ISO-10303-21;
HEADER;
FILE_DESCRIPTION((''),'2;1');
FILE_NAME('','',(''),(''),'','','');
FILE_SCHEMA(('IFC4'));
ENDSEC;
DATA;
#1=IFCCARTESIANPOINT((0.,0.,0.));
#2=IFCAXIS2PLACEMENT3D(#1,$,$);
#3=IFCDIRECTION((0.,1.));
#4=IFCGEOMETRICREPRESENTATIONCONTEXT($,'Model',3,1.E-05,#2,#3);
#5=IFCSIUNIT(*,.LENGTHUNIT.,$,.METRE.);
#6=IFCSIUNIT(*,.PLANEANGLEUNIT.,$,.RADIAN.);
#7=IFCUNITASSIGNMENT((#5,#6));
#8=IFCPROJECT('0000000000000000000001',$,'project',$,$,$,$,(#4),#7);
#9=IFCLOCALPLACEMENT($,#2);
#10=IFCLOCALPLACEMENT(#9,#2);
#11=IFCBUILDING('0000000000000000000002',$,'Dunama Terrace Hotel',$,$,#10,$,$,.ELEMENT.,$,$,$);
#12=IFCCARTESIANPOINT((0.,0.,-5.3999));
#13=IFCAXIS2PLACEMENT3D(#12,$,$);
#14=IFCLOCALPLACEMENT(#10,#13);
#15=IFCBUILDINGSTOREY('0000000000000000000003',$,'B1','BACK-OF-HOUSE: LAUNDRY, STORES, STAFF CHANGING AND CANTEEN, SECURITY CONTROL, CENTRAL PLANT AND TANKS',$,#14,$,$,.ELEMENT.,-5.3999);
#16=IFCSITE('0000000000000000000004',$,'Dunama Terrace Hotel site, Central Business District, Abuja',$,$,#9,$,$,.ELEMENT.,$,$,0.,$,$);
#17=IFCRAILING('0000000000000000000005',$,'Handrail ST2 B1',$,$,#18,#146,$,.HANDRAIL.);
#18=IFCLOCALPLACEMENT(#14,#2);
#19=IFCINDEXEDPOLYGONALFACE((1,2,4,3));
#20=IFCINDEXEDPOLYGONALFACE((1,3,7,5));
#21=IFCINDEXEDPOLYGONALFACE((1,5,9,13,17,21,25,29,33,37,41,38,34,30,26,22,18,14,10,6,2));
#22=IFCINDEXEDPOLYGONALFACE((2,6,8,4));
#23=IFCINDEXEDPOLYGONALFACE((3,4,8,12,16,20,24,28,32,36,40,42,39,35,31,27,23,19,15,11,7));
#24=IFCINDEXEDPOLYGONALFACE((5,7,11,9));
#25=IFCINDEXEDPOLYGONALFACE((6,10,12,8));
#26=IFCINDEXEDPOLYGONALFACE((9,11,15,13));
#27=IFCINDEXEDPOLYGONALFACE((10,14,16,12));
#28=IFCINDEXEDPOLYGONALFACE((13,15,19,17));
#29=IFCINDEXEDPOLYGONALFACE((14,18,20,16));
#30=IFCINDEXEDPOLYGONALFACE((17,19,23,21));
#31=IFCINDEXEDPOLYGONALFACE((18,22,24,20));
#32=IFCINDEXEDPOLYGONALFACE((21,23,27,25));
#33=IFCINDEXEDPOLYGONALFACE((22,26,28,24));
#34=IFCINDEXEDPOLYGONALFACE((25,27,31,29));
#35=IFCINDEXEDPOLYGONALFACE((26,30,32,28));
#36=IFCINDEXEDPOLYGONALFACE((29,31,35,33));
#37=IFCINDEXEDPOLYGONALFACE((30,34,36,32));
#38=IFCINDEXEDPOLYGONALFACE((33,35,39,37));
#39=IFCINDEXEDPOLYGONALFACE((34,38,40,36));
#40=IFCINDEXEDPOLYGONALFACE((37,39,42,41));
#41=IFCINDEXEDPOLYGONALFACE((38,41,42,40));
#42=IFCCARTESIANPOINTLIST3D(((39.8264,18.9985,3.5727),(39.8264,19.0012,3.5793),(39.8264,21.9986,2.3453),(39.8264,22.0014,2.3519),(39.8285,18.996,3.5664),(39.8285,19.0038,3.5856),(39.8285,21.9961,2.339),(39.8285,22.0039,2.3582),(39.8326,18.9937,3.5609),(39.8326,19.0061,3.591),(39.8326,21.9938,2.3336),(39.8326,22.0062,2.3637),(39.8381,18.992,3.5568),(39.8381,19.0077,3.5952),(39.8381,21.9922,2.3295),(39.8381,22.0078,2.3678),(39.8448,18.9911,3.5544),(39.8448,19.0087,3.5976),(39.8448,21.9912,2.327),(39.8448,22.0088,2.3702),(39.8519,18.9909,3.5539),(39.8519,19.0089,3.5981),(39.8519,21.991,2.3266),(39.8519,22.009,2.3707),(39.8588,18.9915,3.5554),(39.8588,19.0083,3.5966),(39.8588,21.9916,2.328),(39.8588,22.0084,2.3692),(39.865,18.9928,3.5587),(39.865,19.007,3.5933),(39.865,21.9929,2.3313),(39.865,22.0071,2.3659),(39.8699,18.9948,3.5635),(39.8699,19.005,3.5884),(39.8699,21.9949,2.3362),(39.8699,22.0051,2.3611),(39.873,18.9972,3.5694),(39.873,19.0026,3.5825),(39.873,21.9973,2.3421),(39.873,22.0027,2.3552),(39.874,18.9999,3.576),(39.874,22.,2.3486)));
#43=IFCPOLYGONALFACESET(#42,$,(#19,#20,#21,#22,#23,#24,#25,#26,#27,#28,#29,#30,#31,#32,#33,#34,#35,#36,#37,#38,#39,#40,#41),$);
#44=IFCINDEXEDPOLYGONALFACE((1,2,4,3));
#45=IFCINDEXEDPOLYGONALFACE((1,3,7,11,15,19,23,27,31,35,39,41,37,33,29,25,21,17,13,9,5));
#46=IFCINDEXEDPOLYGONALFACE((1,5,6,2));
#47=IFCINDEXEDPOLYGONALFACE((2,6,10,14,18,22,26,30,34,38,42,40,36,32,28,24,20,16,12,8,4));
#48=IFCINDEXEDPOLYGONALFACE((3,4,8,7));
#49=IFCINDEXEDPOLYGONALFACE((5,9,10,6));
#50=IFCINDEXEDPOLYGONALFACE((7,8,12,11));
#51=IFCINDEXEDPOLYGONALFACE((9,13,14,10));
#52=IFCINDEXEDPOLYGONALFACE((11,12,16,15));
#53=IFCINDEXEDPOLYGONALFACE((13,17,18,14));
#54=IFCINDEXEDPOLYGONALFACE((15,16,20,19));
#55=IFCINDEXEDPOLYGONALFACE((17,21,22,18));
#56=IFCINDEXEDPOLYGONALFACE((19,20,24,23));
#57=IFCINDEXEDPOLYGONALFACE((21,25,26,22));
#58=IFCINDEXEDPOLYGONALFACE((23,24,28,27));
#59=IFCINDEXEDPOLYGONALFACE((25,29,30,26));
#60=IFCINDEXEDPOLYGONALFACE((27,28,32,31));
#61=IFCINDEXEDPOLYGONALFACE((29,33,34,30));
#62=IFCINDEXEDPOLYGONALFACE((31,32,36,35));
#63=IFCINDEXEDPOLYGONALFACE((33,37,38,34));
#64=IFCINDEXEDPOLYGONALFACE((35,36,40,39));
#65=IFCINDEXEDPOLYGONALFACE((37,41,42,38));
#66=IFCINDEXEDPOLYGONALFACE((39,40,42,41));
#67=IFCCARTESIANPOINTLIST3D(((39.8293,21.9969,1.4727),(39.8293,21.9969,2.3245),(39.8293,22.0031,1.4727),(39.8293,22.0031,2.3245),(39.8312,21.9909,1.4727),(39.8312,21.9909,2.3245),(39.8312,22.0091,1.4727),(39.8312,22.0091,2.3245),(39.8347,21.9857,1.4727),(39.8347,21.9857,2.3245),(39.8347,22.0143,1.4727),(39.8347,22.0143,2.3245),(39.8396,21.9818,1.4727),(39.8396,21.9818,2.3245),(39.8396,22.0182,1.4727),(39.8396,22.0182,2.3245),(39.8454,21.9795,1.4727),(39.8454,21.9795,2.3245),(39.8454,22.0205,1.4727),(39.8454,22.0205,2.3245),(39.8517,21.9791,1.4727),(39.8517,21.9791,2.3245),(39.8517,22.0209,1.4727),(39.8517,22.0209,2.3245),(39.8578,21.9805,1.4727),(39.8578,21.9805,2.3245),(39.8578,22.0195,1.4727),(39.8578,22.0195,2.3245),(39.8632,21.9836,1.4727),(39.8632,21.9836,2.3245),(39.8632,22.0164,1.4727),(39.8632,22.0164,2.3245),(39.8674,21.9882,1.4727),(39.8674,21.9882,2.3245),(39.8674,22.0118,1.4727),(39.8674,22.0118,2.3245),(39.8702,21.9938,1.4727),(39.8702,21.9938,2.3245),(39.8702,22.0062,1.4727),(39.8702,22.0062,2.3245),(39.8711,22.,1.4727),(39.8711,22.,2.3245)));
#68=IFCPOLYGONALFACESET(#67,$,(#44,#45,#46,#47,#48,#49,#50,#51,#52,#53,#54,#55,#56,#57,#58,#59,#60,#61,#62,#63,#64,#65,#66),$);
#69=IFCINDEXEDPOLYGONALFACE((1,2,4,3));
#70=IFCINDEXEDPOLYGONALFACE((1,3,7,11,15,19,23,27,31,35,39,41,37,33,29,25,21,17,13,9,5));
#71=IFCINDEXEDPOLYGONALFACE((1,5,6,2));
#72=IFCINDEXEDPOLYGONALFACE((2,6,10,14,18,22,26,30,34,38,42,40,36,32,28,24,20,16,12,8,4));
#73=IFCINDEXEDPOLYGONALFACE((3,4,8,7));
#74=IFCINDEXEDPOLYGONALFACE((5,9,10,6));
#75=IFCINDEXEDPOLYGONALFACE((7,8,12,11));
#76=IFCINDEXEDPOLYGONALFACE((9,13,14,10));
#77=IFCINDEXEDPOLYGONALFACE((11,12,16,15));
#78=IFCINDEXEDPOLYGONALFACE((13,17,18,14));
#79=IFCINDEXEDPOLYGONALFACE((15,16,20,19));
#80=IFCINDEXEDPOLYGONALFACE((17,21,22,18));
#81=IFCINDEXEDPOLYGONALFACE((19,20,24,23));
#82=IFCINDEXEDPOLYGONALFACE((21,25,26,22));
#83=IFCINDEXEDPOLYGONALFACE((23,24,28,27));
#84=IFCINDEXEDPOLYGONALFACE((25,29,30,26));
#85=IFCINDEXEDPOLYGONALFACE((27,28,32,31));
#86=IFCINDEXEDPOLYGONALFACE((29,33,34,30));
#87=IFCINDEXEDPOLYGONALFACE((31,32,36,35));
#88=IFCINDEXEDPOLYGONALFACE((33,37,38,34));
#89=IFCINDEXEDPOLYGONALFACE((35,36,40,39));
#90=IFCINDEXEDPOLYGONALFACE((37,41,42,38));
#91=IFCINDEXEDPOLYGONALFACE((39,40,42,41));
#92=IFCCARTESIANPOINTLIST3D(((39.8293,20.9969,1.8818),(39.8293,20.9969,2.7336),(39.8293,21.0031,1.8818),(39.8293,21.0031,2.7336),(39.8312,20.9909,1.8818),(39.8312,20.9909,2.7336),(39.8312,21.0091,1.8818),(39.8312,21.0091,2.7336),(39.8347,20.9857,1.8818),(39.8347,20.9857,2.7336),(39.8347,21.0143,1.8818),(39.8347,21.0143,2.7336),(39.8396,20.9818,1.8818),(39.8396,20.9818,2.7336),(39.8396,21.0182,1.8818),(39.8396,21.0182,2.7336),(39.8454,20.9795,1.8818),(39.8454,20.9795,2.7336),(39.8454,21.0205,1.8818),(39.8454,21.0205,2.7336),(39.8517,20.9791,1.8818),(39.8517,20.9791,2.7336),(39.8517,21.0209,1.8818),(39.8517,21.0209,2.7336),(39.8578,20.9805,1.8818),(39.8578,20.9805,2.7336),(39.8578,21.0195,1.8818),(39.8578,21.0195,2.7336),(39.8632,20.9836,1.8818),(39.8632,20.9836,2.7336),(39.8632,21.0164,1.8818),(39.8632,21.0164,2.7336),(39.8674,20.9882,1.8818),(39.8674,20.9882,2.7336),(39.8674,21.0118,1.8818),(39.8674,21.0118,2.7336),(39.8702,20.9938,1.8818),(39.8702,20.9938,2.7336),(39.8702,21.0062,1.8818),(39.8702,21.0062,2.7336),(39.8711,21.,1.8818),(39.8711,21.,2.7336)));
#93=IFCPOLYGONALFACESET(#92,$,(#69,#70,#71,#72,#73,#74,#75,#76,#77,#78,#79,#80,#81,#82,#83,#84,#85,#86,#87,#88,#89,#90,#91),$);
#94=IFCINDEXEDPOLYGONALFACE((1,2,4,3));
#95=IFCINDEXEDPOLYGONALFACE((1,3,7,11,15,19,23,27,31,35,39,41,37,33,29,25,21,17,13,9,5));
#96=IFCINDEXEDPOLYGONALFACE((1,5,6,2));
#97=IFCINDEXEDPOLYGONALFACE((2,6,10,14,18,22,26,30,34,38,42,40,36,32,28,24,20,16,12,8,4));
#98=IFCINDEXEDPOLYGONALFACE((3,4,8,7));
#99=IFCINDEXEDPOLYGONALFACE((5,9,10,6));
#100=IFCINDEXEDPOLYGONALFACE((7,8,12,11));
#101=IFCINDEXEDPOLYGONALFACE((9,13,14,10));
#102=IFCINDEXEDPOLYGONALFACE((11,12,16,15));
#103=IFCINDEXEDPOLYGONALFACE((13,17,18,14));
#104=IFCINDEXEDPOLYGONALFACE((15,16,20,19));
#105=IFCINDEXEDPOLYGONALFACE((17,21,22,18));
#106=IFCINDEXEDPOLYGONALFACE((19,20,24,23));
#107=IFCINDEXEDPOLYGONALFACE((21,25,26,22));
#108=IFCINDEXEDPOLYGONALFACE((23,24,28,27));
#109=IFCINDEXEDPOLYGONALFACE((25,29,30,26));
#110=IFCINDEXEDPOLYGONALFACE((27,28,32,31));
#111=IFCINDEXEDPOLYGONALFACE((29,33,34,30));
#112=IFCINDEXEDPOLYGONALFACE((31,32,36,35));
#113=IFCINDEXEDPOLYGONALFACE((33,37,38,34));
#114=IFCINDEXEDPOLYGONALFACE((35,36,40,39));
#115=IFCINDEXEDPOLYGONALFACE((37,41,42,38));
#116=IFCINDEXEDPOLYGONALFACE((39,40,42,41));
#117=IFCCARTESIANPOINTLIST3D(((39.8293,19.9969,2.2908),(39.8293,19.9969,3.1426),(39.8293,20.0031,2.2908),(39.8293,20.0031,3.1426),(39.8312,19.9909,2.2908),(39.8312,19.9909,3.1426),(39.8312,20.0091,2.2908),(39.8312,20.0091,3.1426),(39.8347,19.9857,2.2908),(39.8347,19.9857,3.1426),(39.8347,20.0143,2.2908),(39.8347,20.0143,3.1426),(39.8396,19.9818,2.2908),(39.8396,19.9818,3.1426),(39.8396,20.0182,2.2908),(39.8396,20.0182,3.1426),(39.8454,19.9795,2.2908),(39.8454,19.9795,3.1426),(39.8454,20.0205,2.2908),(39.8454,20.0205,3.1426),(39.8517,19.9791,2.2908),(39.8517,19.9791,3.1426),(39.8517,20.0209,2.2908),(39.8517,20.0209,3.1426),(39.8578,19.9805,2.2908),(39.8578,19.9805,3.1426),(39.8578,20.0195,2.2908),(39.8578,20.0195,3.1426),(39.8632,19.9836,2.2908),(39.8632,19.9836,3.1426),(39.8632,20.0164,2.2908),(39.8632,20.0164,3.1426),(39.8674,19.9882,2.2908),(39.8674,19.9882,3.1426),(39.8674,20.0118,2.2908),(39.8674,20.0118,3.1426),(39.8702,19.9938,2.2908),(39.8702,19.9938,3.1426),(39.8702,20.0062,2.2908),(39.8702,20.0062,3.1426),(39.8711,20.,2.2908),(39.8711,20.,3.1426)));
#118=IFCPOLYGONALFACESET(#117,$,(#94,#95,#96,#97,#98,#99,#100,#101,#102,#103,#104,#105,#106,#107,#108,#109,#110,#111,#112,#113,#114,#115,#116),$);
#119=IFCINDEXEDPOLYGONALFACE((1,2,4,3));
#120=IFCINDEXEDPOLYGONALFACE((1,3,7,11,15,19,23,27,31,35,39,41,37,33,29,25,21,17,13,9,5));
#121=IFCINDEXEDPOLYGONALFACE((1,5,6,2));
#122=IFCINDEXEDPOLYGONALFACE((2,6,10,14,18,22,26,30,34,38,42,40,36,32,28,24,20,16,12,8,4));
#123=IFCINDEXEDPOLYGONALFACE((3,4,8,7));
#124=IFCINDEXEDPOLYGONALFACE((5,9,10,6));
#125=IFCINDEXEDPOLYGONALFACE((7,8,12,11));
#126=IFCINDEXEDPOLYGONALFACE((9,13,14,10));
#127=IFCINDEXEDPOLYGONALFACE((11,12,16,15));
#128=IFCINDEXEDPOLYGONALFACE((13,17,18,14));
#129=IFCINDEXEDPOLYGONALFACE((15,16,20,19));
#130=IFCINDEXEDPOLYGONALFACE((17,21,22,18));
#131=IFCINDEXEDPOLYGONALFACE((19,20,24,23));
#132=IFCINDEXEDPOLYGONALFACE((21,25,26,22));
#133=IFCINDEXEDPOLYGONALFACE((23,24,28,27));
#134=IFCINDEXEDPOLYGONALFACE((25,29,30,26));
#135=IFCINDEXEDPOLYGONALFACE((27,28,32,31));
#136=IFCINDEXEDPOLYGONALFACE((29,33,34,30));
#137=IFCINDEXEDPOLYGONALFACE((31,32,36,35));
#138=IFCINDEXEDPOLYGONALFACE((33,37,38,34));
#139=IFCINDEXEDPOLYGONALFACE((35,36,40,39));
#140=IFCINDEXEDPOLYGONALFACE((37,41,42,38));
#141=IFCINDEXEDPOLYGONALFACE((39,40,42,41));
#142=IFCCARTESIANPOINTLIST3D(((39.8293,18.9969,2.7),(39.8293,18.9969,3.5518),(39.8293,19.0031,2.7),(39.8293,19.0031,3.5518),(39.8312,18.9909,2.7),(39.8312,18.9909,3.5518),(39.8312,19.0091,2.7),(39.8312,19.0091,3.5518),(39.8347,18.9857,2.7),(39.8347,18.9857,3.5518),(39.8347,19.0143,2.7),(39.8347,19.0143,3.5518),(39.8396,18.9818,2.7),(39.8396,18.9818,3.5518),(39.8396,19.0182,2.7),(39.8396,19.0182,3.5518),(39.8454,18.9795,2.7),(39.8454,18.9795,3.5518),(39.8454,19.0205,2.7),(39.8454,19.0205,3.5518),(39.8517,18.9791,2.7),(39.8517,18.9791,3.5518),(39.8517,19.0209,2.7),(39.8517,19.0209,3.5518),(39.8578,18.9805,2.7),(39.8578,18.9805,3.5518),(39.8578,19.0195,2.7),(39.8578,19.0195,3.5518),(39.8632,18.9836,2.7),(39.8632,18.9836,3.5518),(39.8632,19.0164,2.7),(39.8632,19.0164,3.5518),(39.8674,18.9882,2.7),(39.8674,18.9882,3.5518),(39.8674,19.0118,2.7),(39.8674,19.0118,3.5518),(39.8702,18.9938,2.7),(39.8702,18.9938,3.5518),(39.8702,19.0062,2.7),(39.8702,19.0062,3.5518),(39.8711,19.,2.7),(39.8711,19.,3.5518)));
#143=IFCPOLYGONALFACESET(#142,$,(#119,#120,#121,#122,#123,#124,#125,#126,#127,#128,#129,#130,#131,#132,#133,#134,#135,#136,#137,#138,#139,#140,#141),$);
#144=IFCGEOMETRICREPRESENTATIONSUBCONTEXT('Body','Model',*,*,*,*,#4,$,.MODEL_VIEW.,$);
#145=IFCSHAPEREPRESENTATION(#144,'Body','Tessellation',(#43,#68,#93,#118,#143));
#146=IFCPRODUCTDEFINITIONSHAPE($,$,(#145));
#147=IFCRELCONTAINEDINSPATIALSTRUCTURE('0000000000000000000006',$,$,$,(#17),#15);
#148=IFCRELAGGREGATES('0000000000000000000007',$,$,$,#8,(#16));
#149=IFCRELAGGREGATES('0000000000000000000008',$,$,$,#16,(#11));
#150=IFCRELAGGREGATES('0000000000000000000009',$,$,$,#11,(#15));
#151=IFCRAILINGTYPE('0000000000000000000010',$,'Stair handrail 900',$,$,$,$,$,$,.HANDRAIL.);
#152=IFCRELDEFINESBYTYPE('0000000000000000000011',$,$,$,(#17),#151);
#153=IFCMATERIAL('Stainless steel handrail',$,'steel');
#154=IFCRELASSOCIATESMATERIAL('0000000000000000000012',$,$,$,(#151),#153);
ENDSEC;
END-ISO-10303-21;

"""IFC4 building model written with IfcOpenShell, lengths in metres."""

from ifc_helpers import new_model, si_unit, direction, frame, origin, origin_2d, place, context, subcontext, project, spatial, circle, extrude, material, type_object, element, save


model = new_model("IFC4")

# Units and contexts
model_context = context("Model", 3, precision=1e-05, world=origin(), true_north=direction((0.0, 1.0)))
body_context = subcontext(model_context, "Body", "Model", "MODEL_VIEW")
ifc_project = project(units=[si_unit("LENGTHUNIT", "METRE"), si_unit("PLANEANGLEUNIT", "RADIAN")], contexts=[model_context])

# Site, building, storey
site_placement = place(None, origin())
site = spatial("IfcSite", under=ifc_project, at=site_placement, Name="Dunama Terrace Hotel site, Central Business District, Abuja", CompositionType="ELEMENT", RefElevation=0.0)
building_placement = place(site_placement, origin())
building = spatial("IfcBuilding", under=site, at=building_placement, Name="Dunama Terrace Hotel", CompositionType="ELEMENT")
storey_placement = place(building_placement, frame((0.0, 0.0, -5.3999)))
storey = spatial("IfcBuildingStorey", under=building, at=storey_placement, Name="B1", Description="BACK-OF-HOUSE: LAUNDRY, STORES, STAFF CHANGING AND CANTEEN, SECURITY CONTROL, CENTRAL PLANT AND TANKS", CompositionType="ELEMENT", Elevation=-5.3999)

# Railing
ifc_material_1 = material(Name="Stainless steel handrail", Category="steel")
railing_type = type_object("IfcRailingType", Name="Stair handrail 900", PredefinedType="HANDRAIL", material=ifc_material_1)
railing_1_placement = place(storey_placement, frame((39.8501, 22.0, 1.4727)))
element("IfcRailing", 1, at=railing_1_placement, inside=storey, type_object=railing_type, Name="Handrail ST2 B1", PredefinedType="HANDRAIL", context=body_context, shape_type="SweptSolid", body=[
    extrude(circle(Radius=0.0239, at=origin_2d()), frame((0.0, 0.0, 0.876), z_axis=(0.0, -0.925545, 0.378639), x_axis=(1.0, 0.0, 0.0)), (0.0, 0.0, 1.0), 3.2415),
    extrude(circle(Radius=0.021, at=origin_2d()), origin(), (0.0, 0.0, 1.0), 0.8518),
    extrude(circle(Radius=0.021, at=origin_2d()), frame((0.0, -1.0, 0.4092)), (0.0, 0.0, 1.0), 0.8518),
    extrude(circle(Radius=0.021, at=origin_2d()), frame((0.0, -2.0, 0.8181)), (0.0, 0.0, 1.0), 0.8518),
    extrude(circle(Radius=0.021, at=origin_2d()), frame((0.0, -3.0, 1.2273)), (0.0, 0.0, 1.0), 0.8518),
])

save(model, "model.ifc")
